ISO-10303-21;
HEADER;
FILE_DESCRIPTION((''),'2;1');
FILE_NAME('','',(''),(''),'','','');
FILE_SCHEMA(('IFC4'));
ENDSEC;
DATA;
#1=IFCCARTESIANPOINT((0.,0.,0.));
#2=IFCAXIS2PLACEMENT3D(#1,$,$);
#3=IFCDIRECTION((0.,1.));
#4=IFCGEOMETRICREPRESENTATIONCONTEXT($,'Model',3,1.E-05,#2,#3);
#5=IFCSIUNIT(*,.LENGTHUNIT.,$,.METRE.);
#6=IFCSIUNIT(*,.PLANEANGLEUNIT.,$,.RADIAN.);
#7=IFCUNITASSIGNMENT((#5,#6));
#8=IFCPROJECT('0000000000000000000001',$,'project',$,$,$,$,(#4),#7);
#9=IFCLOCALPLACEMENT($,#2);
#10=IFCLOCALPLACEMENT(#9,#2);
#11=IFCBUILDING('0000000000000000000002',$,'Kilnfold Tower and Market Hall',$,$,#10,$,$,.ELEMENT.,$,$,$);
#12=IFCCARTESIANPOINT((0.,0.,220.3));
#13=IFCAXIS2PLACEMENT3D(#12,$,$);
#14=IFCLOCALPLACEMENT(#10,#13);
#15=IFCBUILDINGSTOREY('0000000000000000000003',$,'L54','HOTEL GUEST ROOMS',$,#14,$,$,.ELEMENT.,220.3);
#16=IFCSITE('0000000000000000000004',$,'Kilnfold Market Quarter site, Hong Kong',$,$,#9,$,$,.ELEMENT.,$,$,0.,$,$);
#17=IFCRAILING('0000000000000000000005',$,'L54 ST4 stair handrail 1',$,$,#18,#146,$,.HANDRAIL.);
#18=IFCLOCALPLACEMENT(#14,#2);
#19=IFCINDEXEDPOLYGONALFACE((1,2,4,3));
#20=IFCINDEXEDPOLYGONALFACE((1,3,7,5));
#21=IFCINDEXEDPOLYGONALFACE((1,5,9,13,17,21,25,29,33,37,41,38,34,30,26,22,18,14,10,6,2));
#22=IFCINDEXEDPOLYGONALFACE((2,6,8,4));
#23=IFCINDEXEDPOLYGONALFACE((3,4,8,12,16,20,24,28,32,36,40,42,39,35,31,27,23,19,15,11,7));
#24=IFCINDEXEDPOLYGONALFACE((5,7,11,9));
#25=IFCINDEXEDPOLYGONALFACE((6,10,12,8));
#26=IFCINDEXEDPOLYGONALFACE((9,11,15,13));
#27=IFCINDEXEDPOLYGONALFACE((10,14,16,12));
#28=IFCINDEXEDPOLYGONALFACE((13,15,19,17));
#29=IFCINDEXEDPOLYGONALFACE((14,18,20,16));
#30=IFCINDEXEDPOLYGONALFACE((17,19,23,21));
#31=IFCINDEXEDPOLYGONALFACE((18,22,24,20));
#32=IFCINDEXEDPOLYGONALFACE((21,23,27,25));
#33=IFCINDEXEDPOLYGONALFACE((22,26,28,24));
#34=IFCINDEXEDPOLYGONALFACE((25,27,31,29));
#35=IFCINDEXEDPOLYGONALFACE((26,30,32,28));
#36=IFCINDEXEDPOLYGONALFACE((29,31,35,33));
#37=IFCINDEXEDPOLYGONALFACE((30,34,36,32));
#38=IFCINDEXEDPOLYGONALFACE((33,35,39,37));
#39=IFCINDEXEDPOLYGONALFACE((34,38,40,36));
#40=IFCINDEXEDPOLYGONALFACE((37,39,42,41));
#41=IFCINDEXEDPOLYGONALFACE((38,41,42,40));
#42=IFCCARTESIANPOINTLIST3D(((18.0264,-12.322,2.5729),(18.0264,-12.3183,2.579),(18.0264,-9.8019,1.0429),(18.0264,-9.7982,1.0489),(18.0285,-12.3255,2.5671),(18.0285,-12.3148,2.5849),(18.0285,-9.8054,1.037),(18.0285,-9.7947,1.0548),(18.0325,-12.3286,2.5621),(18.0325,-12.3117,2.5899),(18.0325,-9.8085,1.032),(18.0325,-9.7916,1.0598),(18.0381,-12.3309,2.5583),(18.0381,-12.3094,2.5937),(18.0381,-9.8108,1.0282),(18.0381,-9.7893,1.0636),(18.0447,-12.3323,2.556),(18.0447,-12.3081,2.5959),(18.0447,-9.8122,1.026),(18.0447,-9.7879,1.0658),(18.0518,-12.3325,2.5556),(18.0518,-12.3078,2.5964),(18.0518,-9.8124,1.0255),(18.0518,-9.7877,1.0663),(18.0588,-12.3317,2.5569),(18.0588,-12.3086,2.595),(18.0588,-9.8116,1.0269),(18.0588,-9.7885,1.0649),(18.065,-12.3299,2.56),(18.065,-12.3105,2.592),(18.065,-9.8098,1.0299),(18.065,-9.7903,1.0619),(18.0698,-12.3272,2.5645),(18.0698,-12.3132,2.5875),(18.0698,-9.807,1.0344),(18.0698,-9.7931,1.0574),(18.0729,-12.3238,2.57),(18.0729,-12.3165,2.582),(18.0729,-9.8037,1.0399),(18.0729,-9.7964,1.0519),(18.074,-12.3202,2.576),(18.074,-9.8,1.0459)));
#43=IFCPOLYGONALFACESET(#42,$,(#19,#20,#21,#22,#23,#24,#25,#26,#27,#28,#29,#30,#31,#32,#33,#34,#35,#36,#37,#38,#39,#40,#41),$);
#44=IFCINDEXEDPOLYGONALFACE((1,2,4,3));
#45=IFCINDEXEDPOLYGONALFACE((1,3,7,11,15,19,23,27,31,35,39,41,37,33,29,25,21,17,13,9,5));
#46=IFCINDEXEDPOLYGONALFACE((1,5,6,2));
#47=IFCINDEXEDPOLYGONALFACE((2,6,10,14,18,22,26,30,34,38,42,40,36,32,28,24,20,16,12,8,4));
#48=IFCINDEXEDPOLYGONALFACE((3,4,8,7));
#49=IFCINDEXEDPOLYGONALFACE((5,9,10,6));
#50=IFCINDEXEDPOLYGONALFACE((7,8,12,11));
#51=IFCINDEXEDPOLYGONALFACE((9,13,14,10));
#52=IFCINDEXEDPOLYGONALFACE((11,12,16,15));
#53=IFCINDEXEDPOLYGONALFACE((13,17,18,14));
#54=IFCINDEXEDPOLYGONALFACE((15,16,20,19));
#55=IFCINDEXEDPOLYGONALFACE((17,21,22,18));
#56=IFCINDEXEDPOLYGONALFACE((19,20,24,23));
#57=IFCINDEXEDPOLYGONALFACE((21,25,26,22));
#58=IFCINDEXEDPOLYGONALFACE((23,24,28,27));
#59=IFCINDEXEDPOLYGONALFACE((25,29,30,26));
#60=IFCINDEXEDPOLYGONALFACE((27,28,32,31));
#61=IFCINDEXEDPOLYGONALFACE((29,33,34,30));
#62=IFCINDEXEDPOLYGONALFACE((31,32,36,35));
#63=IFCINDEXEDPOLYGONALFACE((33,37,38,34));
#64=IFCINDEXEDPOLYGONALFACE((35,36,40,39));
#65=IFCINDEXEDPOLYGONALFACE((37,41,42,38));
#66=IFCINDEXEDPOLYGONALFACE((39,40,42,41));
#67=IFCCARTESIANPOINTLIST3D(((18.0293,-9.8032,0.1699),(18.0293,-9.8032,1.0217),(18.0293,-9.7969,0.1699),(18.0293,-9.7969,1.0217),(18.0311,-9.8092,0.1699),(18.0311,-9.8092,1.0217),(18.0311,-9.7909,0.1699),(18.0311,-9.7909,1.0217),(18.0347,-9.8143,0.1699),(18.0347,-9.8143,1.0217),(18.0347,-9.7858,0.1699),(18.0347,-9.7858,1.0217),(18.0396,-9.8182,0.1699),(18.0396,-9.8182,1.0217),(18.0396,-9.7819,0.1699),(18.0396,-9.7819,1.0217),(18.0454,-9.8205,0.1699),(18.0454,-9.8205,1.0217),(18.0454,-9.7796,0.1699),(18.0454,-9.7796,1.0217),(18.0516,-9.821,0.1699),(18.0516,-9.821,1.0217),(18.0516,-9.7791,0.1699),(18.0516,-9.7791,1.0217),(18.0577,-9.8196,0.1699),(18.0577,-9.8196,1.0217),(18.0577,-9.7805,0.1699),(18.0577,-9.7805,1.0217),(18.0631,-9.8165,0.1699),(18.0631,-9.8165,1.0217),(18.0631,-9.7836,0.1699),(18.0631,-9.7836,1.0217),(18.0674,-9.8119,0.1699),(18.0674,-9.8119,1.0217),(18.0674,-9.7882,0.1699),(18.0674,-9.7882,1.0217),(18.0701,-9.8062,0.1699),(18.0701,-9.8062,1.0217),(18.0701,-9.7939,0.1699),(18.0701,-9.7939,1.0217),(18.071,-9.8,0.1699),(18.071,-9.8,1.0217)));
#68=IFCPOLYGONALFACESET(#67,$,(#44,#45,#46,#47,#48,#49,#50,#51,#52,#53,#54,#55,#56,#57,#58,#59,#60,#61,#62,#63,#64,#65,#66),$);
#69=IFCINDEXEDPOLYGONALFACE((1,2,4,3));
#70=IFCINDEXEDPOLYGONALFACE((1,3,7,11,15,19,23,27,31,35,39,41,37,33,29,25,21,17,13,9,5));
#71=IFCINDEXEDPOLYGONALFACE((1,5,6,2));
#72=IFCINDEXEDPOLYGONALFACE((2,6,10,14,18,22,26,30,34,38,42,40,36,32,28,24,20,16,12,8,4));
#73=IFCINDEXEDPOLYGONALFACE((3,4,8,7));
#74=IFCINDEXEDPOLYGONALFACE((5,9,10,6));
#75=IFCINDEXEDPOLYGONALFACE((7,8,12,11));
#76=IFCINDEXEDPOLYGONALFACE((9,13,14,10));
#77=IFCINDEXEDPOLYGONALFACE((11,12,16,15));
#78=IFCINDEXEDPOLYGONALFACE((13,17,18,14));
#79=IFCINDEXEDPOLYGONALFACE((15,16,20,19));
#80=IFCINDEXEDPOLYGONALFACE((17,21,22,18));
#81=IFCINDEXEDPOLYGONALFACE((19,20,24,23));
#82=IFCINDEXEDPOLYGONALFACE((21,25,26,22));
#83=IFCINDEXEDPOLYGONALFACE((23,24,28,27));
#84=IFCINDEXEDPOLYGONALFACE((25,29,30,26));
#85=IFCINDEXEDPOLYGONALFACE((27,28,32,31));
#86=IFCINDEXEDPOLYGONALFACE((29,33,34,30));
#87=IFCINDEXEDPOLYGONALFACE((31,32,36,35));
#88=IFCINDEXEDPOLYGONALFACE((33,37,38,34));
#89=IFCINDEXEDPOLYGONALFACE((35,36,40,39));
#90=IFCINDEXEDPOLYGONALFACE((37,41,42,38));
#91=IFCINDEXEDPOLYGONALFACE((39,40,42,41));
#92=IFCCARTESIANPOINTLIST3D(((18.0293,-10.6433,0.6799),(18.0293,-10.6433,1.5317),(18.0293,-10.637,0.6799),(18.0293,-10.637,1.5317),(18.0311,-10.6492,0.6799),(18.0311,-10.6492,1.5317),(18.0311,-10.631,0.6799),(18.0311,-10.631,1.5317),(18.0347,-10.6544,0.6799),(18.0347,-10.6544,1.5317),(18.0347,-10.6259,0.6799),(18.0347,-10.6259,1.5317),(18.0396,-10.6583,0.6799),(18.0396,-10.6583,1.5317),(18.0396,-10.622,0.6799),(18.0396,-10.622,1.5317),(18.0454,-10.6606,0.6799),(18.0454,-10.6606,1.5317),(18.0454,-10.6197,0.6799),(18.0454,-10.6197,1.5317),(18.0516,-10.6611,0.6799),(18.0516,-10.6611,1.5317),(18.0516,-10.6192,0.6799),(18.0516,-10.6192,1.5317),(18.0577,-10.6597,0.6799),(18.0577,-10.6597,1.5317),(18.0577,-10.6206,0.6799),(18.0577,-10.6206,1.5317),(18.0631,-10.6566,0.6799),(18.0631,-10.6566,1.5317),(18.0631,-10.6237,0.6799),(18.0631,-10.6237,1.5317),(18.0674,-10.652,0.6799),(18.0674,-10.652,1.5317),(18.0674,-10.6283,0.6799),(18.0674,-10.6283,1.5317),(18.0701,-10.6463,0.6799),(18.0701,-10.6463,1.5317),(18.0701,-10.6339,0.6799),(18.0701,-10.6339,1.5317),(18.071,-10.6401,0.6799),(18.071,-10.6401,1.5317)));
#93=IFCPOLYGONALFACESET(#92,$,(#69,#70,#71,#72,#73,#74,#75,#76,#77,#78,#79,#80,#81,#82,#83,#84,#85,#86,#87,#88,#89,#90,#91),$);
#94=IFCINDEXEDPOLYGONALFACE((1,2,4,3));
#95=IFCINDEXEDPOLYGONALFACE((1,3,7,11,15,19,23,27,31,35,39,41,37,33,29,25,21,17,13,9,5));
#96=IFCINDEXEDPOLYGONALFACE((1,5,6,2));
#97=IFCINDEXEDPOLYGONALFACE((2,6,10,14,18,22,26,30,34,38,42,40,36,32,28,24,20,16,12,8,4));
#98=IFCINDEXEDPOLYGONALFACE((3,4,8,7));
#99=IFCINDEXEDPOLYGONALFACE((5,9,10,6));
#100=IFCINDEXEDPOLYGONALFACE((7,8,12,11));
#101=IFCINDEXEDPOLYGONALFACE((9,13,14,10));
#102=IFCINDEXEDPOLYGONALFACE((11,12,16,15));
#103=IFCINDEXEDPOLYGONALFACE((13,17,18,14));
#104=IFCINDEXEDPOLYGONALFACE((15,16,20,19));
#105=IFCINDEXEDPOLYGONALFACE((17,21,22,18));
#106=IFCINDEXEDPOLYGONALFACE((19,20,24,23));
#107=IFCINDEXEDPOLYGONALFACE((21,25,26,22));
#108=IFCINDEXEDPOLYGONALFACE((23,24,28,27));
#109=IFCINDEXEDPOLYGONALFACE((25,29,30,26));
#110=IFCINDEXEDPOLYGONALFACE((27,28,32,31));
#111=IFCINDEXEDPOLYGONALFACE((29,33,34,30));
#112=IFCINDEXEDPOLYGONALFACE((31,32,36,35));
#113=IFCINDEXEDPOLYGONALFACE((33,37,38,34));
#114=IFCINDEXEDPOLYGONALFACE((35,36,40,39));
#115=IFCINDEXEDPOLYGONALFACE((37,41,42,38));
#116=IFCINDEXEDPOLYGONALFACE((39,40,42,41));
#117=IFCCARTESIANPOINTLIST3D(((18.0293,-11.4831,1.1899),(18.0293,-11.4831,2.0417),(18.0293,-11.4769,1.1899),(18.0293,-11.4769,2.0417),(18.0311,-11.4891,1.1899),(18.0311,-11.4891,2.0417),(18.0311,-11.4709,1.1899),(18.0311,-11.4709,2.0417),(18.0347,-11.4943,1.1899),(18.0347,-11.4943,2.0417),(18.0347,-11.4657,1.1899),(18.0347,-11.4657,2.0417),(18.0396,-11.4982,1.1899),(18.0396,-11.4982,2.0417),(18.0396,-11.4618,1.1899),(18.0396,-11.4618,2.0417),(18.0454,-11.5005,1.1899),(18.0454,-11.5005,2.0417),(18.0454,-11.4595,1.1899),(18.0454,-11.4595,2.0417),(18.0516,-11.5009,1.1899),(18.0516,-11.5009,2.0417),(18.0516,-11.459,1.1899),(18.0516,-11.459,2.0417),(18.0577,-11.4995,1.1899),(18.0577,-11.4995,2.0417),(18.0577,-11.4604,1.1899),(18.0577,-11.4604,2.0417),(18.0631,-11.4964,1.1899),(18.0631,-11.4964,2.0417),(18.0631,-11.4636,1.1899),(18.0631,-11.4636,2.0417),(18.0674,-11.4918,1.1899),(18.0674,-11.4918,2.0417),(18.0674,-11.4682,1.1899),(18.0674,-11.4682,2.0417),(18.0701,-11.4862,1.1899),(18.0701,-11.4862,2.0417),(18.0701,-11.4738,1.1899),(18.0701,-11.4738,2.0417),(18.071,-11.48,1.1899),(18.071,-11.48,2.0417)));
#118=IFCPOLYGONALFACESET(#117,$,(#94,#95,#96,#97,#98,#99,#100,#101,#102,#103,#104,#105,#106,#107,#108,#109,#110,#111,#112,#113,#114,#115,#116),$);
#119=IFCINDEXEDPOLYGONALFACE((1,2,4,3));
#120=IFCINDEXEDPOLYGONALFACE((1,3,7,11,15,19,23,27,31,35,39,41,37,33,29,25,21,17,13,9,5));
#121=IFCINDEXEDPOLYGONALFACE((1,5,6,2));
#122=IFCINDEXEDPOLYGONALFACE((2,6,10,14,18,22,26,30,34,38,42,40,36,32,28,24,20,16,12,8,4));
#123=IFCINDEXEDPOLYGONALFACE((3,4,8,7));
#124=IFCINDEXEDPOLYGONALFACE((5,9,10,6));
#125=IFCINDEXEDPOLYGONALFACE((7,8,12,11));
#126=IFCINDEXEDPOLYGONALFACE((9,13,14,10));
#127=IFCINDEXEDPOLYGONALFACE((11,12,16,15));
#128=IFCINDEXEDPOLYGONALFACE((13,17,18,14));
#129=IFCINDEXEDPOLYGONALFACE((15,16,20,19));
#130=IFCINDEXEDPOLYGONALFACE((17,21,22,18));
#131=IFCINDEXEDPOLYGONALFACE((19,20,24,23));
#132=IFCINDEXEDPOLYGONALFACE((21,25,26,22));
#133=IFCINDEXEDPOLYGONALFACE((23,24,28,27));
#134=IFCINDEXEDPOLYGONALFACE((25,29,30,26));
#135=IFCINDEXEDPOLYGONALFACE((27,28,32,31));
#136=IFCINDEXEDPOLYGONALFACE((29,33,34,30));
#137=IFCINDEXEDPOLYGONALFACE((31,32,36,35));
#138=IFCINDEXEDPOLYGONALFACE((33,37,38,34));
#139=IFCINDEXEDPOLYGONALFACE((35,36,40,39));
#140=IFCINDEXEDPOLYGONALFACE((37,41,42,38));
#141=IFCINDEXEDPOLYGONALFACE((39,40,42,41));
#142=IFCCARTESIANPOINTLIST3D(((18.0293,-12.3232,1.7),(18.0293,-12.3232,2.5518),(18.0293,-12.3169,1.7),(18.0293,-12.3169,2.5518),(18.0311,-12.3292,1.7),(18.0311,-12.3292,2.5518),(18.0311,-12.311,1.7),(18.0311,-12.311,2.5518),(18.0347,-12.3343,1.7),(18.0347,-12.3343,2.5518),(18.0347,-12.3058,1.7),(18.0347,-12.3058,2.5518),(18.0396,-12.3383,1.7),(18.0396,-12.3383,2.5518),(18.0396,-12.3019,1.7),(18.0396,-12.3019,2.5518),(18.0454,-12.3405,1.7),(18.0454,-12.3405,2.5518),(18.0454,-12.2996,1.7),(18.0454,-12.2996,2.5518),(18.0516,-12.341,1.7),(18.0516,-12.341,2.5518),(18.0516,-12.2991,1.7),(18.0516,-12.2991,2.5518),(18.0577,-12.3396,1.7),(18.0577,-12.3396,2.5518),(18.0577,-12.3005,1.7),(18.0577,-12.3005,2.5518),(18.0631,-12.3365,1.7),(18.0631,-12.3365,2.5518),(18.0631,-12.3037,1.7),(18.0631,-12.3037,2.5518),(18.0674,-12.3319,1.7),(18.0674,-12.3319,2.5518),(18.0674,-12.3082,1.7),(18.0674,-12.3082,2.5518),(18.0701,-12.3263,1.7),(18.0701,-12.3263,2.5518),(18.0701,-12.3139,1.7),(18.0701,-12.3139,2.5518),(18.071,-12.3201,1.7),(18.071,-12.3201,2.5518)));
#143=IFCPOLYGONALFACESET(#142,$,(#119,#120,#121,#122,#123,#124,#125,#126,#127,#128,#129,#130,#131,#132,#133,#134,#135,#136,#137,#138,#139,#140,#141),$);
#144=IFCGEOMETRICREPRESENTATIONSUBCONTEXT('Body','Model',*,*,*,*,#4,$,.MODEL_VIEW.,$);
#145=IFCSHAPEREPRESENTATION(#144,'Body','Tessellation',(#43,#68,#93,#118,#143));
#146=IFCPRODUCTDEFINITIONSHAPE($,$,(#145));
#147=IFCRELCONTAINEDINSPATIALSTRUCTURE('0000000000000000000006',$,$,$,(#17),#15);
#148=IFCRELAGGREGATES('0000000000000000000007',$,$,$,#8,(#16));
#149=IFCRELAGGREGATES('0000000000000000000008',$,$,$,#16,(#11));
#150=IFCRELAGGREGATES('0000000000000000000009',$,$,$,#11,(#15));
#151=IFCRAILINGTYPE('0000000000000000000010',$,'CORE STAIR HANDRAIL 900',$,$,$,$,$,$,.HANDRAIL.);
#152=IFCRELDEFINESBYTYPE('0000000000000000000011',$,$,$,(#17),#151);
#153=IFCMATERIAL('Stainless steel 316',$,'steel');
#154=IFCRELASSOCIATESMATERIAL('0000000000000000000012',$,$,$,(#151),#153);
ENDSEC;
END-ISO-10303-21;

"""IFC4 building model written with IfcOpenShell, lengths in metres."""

from ifc_helpers import new_model, si_unit, direction, frame, origin, origin_2d, place, context, subcontext, project, spatial, circle, extrude, material, type_object, element, save


model = new_model("IFC4")

# Units and contexts
model_context = context("Model", 3, precision=1e-05, world=origin(), true_north=direction((0.0, 1.0)))
body_context = subcontext(model_context, "Body", "Model", "MODEL_VIEW")
ifc_project = project(units=[si_unit("LENGTHUNIT", "METRE"), si_unit("PLANEANGLEUNIT", "RADIAN")], contexts=[model_context])

# Site, building, storey
site_placement = place(None, origin())
site = spatial("IfcSite", under=ifc_project, at=site_placement, Name="Kilnfold Market Quarter site, Hong Kong", CompositionType="ELEMENT", RefElevation=0.0)
building_placement = place(site_placement, origin())
building = spatial("IfcBuilding", under=site, at=building_placement, Name="Kilnfold Tower and Market Hall", CompositionType="ELEMENT")
storey_placement = place(building_placement, frame((0.0, 0.0, 220.3)))
storey = spatial("IfcBuildingStorey", under=building, at=storey_placement, Name="L54", Description="HOTEL GUEST ROOMS", CompositionType="ELEMENT", Elevation=220.3)

# Railing
ifc_material_1 = material(Name="Stainless steel 316", Category="steel")
railing_type_1 = type_object("IfcRailingType", Name="CORE STAIR HANDRAIL 900", PredefinedType="HANDRAIL", material=ifc_material_1)
railing_1_placement = place(storey_placement, frame((18.05, -9.8, 0.1699)))
element("IfcRailing", 1, at=railing_1_placement, inside=storey, type_object=railing_type_1, Name="L54 ST4 stair handrail 1", PredefinedType="HANDRAIL", context=body_context, shape_type="SweptSolid", body=[
    extrude(circle(Radius=0.0239, at=origin_2d()), frame((0.0, 0.0, 0.876), z_axis=(0.0, -0.854785, 0.518982), x_axis=(1.0, 0.0, 0.0)), (0.0, 0.0, 1.0), 2.9482),
    extrude(circle(Radius=0.021, at=origin_2d()), origin(), (0.0, 0.0, 1.0), 0.8518),
    extrude(circle(Radius=0.021, at=origin_2d()), frame((0.0, -0.8401, 0.51)), (0.0, 0.0, 1.0), 0.8518),
    extrude(circle(Radius=0.021, at=origin_2d()), frame((0.0, -1.6799, 1.02)), (0.0, 0.0, 1.0), 0.8518),
    extrude(circle(Radius=0.021, at=origin_2d()), frame((0.0, -2.52, 1.53)), (0.0, 0.0, 1.0), 0.8518),
])

save(model, "model.ifc")
